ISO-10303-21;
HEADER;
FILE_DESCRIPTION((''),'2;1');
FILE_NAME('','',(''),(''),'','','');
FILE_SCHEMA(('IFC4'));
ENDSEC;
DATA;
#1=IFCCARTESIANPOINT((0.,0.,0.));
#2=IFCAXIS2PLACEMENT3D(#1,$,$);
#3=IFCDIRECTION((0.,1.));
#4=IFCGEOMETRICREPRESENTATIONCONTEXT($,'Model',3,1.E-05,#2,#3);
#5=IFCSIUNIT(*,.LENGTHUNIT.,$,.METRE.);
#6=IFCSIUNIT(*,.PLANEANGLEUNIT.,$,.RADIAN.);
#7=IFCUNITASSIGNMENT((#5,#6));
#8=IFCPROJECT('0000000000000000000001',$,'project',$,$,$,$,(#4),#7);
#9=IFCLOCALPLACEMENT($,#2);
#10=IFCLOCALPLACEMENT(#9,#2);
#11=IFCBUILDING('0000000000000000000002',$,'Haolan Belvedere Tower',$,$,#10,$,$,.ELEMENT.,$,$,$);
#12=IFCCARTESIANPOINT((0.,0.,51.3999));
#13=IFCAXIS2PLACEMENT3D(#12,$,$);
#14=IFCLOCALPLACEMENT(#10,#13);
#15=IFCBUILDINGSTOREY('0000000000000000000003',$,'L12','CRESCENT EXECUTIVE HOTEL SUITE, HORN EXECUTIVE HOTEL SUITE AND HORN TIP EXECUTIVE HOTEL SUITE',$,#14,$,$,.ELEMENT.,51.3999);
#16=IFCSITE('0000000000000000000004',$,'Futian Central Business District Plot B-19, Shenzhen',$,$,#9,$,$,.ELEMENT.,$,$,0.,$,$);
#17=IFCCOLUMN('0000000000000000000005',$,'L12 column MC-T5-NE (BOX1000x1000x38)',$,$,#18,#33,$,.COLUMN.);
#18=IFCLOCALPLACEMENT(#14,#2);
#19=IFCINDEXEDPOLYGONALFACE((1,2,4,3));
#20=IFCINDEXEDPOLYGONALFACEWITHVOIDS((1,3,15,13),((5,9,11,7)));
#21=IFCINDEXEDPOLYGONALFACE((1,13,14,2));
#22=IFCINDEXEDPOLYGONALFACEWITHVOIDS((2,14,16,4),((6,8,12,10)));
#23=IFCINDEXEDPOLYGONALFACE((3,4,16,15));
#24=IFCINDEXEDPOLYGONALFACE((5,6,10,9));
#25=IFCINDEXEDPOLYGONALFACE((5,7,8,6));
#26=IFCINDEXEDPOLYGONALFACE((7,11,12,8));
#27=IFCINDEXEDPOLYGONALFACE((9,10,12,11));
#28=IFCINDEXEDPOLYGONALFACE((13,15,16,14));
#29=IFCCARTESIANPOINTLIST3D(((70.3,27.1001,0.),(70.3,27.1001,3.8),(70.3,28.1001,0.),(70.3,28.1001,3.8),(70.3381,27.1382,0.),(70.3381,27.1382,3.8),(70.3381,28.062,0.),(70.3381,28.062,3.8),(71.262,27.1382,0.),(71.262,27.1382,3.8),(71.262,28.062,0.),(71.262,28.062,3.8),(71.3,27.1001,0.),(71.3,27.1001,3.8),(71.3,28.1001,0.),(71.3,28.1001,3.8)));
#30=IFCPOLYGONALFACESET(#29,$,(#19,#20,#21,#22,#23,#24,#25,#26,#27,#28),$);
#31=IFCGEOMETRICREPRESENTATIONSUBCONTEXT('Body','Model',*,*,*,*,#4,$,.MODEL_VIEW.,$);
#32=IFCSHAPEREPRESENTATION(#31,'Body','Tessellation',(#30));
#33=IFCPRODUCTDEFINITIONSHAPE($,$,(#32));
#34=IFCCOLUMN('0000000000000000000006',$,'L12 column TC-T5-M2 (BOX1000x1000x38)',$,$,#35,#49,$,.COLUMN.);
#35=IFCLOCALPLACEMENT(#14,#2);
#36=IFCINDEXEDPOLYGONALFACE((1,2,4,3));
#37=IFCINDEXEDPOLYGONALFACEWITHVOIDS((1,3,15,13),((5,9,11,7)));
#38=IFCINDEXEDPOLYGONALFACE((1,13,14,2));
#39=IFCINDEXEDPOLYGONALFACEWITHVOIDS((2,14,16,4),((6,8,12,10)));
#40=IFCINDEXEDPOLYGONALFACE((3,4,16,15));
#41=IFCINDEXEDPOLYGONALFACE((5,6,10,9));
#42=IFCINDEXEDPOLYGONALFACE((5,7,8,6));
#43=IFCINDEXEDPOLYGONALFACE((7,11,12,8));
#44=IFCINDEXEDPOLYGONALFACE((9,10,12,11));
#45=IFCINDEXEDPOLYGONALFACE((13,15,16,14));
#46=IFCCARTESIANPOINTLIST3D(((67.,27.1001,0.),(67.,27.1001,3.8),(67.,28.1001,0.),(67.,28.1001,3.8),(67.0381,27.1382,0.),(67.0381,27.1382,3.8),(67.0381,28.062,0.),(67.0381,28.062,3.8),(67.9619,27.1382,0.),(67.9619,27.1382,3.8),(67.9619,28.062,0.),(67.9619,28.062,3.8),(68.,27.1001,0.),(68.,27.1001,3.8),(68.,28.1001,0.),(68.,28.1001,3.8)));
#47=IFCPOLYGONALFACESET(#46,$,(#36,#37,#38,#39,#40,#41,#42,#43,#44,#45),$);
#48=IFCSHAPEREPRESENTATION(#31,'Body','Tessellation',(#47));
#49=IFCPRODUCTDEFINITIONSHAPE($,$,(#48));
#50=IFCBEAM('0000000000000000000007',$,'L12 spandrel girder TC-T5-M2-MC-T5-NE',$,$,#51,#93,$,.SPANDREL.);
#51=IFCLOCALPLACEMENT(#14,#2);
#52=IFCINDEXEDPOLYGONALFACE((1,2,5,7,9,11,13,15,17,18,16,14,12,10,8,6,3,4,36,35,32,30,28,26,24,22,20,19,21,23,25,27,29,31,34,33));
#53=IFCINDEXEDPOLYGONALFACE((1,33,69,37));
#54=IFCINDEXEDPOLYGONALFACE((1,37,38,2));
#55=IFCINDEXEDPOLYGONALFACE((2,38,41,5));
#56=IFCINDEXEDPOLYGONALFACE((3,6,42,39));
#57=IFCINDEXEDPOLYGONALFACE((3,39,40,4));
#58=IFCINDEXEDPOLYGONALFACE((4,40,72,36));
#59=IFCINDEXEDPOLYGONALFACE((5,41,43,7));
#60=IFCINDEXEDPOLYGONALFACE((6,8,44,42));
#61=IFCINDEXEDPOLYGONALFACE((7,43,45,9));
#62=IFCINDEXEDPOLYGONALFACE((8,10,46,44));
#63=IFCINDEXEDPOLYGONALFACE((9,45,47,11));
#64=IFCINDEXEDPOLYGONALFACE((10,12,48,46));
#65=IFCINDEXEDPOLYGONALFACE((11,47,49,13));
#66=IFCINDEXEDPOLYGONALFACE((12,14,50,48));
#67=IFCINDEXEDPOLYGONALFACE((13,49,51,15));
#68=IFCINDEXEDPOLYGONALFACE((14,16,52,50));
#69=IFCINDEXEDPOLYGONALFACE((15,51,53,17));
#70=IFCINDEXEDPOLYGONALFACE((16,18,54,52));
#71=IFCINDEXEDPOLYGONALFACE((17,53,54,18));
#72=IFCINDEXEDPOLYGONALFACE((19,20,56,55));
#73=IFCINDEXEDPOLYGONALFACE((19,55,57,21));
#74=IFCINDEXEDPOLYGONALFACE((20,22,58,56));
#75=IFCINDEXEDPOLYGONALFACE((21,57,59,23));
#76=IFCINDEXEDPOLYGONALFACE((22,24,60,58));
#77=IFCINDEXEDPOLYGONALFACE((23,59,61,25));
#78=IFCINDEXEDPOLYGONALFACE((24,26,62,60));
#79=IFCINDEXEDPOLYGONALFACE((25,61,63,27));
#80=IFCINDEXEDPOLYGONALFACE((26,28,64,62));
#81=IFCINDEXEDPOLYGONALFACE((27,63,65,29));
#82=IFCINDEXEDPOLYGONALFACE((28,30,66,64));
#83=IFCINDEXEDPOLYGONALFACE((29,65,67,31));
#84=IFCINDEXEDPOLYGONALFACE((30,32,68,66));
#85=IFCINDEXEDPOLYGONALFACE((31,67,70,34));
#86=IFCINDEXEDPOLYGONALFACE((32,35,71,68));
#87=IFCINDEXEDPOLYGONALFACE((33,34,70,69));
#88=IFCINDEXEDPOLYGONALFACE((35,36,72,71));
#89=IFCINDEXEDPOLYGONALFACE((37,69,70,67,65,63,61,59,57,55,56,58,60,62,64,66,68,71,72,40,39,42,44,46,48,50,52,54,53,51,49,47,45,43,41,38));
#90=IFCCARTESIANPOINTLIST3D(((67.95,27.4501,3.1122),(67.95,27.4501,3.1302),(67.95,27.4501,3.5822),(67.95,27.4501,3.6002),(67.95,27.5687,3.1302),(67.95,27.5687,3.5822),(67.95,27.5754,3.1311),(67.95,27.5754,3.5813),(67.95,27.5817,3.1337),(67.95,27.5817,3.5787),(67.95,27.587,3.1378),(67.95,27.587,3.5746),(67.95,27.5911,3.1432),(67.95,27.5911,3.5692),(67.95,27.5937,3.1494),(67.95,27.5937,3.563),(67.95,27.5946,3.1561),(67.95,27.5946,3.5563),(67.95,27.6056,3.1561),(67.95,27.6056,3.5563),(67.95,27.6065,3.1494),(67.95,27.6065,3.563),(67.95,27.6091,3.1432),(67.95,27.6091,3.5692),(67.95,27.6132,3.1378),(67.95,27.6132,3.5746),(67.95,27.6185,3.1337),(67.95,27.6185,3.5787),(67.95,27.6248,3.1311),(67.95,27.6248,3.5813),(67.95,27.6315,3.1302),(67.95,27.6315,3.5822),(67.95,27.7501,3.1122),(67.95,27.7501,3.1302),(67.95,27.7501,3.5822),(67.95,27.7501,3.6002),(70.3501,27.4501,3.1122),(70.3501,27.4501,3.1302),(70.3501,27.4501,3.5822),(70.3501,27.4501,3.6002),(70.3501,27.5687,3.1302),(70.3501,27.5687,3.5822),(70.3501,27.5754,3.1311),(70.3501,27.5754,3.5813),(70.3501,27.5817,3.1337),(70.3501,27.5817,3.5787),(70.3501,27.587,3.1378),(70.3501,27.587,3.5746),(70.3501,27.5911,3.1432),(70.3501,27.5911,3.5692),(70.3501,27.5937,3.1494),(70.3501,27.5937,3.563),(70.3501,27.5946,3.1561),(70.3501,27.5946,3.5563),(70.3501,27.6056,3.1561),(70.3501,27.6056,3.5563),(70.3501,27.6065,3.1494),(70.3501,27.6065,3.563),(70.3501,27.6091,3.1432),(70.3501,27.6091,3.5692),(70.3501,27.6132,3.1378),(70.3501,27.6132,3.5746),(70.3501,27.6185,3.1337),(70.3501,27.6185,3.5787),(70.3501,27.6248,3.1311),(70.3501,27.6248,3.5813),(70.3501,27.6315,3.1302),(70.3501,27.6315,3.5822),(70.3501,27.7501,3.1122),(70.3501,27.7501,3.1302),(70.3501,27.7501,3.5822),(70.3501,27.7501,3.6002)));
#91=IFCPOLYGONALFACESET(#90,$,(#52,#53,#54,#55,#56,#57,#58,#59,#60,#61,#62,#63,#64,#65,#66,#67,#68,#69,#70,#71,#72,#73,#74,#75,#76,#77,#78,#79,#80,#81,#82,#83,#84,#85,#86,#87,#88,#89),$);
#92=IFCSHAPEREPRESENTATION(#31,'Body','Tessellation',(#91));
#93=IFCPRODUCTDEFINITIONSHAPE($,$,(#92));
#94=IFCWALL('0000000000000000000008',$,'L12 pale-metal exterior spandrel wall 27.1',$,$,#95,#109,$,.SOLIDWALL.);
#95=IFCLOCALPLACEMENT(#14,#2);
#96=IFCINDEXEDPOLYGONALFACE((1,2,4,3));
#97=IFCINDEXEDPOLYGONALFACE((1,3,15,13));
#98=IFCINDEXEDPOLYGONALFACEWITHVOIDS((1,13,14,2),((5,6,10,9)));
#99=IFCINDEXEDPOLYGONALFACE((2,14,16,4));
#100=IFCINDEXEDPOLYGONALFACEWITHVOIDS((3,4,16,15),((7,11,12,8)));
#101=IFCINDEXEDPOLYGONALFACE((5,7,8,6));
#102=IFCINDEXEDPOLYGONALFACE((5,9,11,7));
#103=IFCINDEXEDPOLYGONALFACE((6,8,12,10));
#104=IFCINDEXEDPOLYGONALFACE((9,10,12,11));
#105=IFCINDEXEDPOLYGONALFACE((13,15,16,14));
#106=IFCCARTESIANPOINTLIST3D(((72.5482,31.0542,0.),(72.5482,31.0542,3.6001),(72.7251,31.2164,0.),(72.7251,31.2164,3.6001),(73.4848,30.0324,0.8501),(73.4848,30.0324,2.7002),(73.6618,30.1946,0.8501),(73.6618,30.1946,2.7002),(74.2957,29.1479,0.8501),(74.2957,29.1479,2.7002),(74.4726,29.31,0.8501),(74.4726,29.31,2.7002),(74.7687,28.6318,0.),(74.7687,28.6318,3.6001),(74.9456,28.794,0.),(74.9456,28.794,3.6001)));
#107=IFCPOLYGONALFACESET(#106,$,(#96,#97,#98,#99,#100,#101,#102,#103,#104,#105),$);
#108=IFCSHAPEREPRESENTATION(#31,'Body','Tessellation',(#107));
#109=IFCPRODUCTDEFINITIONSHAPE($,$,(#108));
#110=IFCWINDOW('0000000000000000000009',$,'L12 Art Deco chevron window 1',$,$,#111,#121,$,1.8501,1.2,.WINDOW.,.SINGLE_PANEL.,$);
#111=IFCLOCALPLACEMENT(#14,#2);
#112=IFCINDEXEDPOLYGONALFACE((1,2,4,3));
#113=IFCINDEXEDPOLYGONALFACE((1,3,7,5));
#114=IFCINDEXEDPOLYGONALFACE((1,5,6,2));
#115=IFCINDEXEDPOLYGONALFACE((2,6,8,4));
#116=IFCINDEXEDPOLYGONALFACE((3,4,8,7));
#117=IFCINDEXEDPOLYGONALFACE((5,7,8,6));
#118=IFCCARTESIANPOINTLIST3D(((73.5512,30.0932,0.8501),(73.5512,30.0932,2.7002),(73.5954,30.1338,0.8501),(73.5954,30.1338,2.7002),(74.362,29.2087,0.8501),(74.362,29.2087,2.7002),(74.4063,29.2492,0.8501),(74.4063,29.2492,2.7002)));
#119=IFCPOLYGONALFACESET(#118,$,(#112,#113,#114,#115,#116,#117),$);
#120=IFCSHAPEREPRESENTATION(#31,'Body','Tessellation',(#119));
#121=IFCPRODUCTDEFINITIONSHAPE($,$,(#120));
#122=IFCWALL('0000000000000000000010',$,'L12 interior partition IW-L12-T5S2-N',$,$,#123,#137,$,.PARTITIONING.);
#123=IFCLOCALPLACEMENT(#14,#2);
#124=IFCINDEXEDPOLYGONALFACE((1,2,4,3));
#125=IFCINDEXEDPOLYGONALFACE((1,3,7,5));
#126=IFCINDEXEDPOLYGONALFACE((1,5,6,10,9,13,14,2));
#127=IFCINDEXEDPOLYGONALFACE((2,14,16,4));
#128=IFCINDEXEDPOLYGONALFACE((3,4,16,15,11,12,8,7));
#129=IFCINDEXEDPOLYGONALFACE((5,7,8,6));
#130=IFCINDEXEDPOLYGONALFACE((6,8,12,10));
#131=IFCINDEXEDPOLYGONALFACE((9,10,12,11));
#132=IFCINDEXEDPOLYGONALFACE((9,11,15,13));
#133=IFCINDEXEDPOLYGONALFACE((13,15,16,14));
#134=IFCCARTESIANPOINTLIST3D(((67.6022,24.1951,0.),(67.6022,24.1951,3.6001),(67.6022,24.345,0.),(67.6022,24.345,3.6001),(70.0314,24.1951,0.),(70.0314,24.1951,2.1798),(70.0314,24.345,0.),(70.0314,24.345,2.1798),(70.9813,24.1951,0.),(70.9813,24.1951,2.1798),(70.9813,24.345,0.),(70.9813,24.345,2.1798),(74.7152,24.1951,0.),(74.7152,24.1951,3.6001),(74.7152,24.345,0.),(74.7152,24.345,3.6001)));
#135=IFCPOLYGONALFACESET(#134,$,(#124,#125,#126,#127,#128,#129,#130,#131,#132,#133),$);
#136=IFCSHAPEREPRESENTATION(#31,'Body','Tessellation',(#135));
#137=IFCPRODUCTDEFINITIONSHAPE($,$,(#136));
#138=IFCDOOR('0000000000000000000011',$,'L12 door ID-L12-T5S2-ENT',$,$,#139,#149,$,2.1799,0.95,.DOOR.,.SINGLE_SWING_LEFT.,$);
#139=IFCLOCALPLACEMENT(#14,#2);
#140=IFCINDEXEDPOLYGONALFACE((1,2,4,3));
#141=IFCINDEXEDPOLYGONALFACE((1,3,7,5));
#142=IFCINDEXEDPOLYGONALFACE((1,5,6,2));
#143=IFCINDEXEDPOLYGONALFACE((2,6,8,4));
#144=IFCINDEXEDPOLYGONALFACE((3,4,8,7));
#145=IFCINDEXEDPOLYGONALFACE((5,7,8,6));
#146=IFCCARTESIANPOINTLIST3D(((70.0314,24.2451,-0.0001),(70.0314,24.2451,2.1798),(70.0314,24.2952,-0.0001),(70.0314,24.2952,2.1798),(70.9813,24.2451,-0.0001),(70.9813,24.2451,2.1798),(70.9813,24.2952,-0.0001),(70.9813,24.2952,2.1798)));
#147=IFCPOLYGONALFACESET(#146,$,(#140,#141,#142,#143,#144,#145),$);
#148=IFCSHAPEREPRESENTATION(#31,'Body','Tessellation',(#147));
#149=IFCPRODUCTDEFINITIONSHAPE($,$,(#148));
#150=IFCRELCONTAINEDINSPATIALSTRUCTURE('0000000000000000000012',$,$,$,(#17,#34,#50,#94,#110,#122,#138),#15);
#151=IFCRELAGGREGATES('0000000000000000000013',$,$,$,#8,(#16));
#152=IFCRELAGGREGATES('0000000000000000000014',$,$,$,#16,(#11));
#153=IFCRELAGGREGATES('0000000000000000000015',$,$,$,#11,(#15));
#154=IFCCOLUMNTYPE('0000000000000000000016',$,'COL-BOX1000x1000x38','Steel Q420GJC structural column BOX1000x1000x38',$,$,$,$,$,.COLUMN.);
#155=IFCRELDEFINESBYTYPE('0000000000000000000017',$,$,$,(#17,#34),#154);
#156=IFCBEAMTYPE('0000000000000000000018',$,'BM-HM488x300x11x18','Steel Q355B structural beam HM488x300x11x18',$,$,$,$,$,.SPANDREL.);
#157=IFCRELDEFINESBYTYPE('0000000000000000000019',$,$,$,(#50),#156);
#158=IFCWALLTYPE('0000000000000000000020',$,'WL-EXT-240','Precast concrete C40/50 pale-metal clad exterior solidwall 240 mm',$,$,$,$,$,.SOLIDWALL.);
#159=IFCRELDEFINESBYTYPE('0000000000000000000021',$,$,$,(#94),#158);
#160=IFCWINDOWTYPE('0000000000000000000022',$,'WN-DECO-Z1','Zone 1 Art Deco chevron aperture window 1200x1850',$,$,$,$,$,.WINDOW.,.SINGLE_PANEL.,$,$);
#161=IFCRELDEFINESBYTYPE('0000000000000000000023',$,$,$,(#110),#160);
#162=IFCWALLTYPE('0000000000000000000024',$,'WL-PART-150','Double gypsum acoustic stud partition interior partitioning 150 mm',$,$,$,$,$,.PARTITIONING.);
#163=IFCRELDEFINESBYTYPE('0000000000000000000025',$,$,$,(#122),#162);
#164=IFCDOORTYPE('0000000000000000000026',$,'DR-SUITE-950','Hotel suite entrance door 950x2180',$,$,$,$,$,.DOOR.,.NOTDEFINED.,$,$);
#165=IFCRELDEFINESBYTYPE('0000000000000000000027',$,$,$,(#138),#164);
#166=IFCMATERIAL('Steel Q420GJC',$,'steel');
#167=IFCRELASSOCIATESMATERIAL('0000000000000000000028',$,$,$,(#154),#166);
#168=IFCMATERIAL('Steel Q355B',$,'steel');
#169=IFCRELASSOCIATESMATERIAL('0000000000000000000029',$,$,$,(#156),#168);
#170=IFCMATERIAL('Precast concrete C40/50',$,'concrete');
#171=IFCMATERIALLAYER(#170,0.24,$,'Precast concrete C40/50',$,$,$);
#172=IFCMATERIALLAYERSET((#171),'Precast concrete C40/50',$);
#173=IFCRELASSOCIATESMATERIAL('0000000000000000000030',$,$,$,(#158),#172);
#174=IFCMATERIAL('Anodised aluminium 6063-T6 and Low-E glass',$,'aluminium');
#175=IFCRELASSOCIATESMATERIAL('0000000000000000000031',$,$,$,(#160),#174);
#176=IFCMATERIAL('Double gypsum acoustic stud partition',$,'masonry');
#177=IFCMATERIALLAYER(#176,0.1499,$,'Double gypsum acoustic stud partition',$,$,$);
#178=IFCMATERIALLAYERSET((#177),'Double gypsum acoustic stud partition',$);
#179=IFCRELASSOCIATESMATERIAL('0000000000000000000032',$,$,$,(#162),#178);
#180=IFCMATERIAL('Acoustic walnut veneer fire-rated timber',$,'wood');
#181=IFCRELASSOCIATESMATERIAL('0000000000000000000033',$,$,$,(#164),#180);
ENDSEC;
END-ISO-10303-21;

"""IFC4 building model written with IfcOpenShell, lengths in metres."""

from ifc_helpers import new_model, si_unit, direction, frame, frame_2d, origin, origin_2d, place, context, subcontext, project, spatial, rectangle, hollow_rectangle, i_section, extrude, material, layer, layer_set, material_profile, profile_set, type_object, element, fill, save


model = new_model("IFC4")

# Units and contexts
model_context = context("Model", 3, precision=1e-05, world=origin(), true_north=direction((0.0, 1.0)))
body_context = subcontext(model_context, "Body", "Model", "MODEL_VIEW")
ifc_project = project(units=[si_unit("LENGTHUNIT", "METRE"), si_unit("PLANEANGLEUNIT", "RADIAN")], contexts=[model_context])

# Site, building, storey
site_placement = place(None, origin())
site = spatial("IfcSite", under=ifc_project, at=site_placement, Name="Futian Central Business District Plot B-19, Shenzhen", CompositionType="ELEMENT", RefElevation=0.0)
building_placement = place(site_placement, origin())
building = spatial("IfcBuilding", under=site, at=building_placement, Name="Haolan Belvedere Tower", CompositionType="ELEMENT")
storey_placement = place(building_placement, frame((0.0, 0.0, 51.3999)))
storey = spatial("IfcBuildingStorey", under=building, at=storey_placement, Name="L12", Description="CRESCENT EXECUTIVE HOTEL SUITE, HORN EXECUTIVE HOTEL SUITE AND HORN TIP EXECUTIVE HOTEL SUITE", CompositionType="ELEMENT", Elevation=51.3999)

# Columns
ifc_material_1 = material(Name="Steel Q420GJC", Category="steel")
ifc_material_profile_1 = material_profile(ifc_material_1, hollow_rectangle(XDim=1.0, YDim=1.0, WallThickness=0.0381, at=origin_2d()), Name="Steel Q420GJC")
ifc_profile_set_1 = profile_set([ifc_material_profile_1], Name="Steel Q420GJC")
column_type = type_object("IfcColumnType", Name="COL-BOX1000x1000x38", Description="Steel Q420GJC structural column BOX1000x1000x38", PredefinedType="COLUMN", material=ifc_profile_set_1)
for number, where, z_axis, x_axis, name in (
    (1, (70.8, 27.6001, 0.0), (0.0, 0.0, 1.0), (1.0, 0.0, 0.0), "L12 column MC-T5-NE (BOX1000x1000x38)"),
    (2, (67.5, 27.6001, 0.0), (0.0, 0.0, 1.0), (1.0, 0.0, 0.0), "L12 column TC-T5-M2 (BOX1000x1000x38)"),
):
    element("IfcColumn", number, at=place(storey_placement, frame(where, z_axis=z_axis, x_axis=x_axis)), inside=storey, type_object=column_type, Name=name, PredefinedType="COLUMN", context=body_context, shape_type="SweptSolid", body=[
        extrude(hollow_rectangle(XDim=1.0, YDim=1.0, WallThickness=0.0381, at=origin_2d()), origin(), (0.0, 0.0, 1.0), 3.8),
    ])

# Beam
ifc_material_2 = material(Name="Steel Q355B", Category="steel")
ifc_material_profile_2 = material_profile(ifc_material_2, i_section(OverallWidth=0.3, OverallDepth=0.488, WebThickness=0.011, FlangeThickness=0.0181, FilletRadius=0.0259, at=origin_2d()), Name="Steel Q355B")
ifc_profile_set_2 = profile_set([ifc_material_profile_2], Name="Steel Q355B")
beam_type = type_object("IfcBeamType", Name="BM-HM488x300x11x18", Description="Steel Q355B structural beam HM488x300x11x18", PredefinedType="SPANDREL", material=ifc_profile_set_2)
beam_placement = place(storey_placement, frame((67.95, 27.6001, 3.3562), z_axis=(1.0, 0.0, 0.0), x_axis=(0.0, 1.0, 0.0)))
element("IfcBeam", 3, at=beam_placement, inside=storey, type_object=beam_type, Name="L12 spandrel girder TC-T5-M2-MC-T5-NE", PredefinedType="SPANDREL", context=body_context, shape_type="SweptSolid", body=[
    extrude(i_section(OverallWidth=0.3, OverallDepth=0.488, WebThickness=0.011, FlangeThickness=0.0181, FilletRadius=0.0259, at=origin_2d()), origin(), (0.0, 0.0, 1.0), 2.4001),
])

# Wall, opening, window
ifc_material_3 = material(Name="Precast concrete C40/50", Category="concrete")
ifc_layer_1 = layer(ifc_material_3, 0.24, Name="Precast concrete C40/50")
ifc_layer_set_1 = layer_set([ifc_layer_1], Name="Precast concrete C40/50")
wall_type_1 = type_object("IfcWallType", Name="WL-EXT-240", Description="Precast concrete C40/50 pale-metal clad exterior solidwall 240 mm", PredefinedType="SOLIDWALL", material=ifc_layer_set_1)
wall_1_placement = place(storey_placement, frame((74.8572, 28.7129, 0.0), z_axis=(0.0, 0.0, 1.0), x_axis=(-0.675718, 0.73716, 0.0)))
wall_1 = element("IfcWall", 4, at=wall_1_placement, inside=storey, type_object=wall_type_1, Name="L12 pale-metal exterior spandrel wall 27.1", PredefinedType="SOLIDWALL", context=body_context, shape_type="SweptSolid", body=[
    extrude(rectangle(XDim=3.2861, YDim=0.24, at=frame_2d((1.6431, 0.0))), origin(), (0.0, 0.0, 1.0), 3.6001),
])
opening_1_placement = place(wall_1_placement, frame((0.7, 0.0, 0.8501)))
opening_1 = element("IfcOpeningElement", 5, at=opening_1_placement, cuts=wall_1, PredefinedType="OPENING", context=body_context, shape_type="SweptSolid", body=[
    extrude(rectangle(XDim=1.2, YDim=1.8501, at=frame_2d((0.6001, 0.925))), frame((0.0, 0.1299, 0.0), z_axis=(0.0, -1.0, 0.0), x_axis=(1.0, 0.0, 0.0)), (0.0, 0.0, 1.0), 0.26),
])
ifc_material_4 = material(Name="Anodised aluminium 6063-T6 and Low-E glass", Category="aluminium")
window_type = type_object("IfcWindowType", Name="WN-DECO-Z1", Description="Zone 1 Art Deco chevron aperture window 1200x1850", PartitioningType="SINGLE_PANEL", PredefinedType="WINDOW", material=ifc_material_4)
window_placement = place(opening_1_placement, origin())
window = element("IfcWindow", 6, at=window_placement, inside=storey, type_object=window_type, Name="L12 Art Deco chevron window 1", OverallHeight=1.8501, OverallWidth=1.2, PartitioningType="SINGLE_PANEL", PredefinedType="WINDOW", context=body_context, shape_type="SweptSolid", body=[
    extrude(rectangle(XDim=1.2, YDim=1.8501, at=frame_2d((0.6001, 0.925))), frame((0.0, 0.03, 0.0), z_axis=(0.0, -1.0, 0.0), x_axis=(1.0, 0.0, 0.0)), (0.0, 0.0, 1.0), 0.0601),
])
fill(opening_1, window)

# Wall, opening, door
ifc_material_5 = material(Name="Double gypsum acoustic stud partition", Category="masonry")
ifc_layer_2 = layer(ifc_material_5, 0.1499, Name="Double gypsum acoustic stud partition")
ifc_layer_set_2 = layer_set([ifc_layer_2], Name="Double gypsum acoustic stud partition")
wall_type_2 = type_object("IfcWallType", Name="WL-PART-150", Description="Double gypsum acoustic stud partition interior partitioning 150 mm", PredefinedType="PARTITIONING", material=ifc_layer_set_2)
wall_2_placement = place(storey_placement, frame((67.6021, 24.27, 0.0), z_axis=(0.0, 0.0, 1.0), x_axis=(1.0, 0.0, 0.0)))
wall_2 = element("IfcWall", 7, at=wall_2_placement, inside=storey, type_object=wall_type_2, Name="L12 interior partition IW-L12-T5S2-N", PredefinedType="PARTITIONING", context=body_context, shape_type="SweptSolid", body=[
    extrude(rectangle(XDim=7.113, YDim=0.1499, at=frame_2d((3.5566, 0.0))), origin(), (0.0, 0.0, 1.0), 3.6001),
])
opening_2_placement = place(wall_2_placement, frame((3.3794, 0.0, 0.0), z_axis=(0.0, 0.0, 1.0), x_axis=(-1.0, 0.0, 0.0)))
opening_2 = element("IfcOpeningElement", 8, at=opening_2_placement, cuts=wall_2, PredefinedType="OPENING", context=body_context, shape_type="SweptSolid", body=[
    extrude(rectangle(XDim=0.95, YDim=2.1799, at=frame_2d((0.4751, 1.0898))), frame((0.0, 0.085, 0.0), z_axis=(0.0, -1.0, 0.0), x_axis=(1.0, 0.0, 0.0)), (0.0, 0.0, 1.0), 0.1699),
])
ifc_material_6 = material(Name="Acoustic walnut veneer fire-rated timber", Category="wood")
door_type_1 = type_object("IfcDoorType", Name="DR-SUITE-950", Description="Hotel suite entrance door 950x2180", OperationType="NOTDEFINED", PredefinedType="DOOR", material=ifc_material_6)
door_1_placement = place(opening_2_placement, origin())
door_1 = element("IfcDoor", 9, at=door_1_placement, inside=storey, type_object=door_type_1, Name="L12 door ID-L12-T5S2-ENT", OperationType="SINGLE_SWING_LEFT", OverallHeight=2.1799, OverallWidth=0.95, PredefinedType="DOOR", context=body_context, shape_type="SweptSolid", body=[
    extrude(rectangle(XDim=0.95, YDim=2.1799, at=frame_2d((0.4751, 1.0898))), frame((0.0, 0.0249, 0.0), z_axis=(0.0, -1.0, 0.0), x_axis=(1.0, 0.0, 0.0)), (0.0, 0.0, 1.0), 0.05),
])
fill(opening_2, door_1)

save(model, "model.ifc")
